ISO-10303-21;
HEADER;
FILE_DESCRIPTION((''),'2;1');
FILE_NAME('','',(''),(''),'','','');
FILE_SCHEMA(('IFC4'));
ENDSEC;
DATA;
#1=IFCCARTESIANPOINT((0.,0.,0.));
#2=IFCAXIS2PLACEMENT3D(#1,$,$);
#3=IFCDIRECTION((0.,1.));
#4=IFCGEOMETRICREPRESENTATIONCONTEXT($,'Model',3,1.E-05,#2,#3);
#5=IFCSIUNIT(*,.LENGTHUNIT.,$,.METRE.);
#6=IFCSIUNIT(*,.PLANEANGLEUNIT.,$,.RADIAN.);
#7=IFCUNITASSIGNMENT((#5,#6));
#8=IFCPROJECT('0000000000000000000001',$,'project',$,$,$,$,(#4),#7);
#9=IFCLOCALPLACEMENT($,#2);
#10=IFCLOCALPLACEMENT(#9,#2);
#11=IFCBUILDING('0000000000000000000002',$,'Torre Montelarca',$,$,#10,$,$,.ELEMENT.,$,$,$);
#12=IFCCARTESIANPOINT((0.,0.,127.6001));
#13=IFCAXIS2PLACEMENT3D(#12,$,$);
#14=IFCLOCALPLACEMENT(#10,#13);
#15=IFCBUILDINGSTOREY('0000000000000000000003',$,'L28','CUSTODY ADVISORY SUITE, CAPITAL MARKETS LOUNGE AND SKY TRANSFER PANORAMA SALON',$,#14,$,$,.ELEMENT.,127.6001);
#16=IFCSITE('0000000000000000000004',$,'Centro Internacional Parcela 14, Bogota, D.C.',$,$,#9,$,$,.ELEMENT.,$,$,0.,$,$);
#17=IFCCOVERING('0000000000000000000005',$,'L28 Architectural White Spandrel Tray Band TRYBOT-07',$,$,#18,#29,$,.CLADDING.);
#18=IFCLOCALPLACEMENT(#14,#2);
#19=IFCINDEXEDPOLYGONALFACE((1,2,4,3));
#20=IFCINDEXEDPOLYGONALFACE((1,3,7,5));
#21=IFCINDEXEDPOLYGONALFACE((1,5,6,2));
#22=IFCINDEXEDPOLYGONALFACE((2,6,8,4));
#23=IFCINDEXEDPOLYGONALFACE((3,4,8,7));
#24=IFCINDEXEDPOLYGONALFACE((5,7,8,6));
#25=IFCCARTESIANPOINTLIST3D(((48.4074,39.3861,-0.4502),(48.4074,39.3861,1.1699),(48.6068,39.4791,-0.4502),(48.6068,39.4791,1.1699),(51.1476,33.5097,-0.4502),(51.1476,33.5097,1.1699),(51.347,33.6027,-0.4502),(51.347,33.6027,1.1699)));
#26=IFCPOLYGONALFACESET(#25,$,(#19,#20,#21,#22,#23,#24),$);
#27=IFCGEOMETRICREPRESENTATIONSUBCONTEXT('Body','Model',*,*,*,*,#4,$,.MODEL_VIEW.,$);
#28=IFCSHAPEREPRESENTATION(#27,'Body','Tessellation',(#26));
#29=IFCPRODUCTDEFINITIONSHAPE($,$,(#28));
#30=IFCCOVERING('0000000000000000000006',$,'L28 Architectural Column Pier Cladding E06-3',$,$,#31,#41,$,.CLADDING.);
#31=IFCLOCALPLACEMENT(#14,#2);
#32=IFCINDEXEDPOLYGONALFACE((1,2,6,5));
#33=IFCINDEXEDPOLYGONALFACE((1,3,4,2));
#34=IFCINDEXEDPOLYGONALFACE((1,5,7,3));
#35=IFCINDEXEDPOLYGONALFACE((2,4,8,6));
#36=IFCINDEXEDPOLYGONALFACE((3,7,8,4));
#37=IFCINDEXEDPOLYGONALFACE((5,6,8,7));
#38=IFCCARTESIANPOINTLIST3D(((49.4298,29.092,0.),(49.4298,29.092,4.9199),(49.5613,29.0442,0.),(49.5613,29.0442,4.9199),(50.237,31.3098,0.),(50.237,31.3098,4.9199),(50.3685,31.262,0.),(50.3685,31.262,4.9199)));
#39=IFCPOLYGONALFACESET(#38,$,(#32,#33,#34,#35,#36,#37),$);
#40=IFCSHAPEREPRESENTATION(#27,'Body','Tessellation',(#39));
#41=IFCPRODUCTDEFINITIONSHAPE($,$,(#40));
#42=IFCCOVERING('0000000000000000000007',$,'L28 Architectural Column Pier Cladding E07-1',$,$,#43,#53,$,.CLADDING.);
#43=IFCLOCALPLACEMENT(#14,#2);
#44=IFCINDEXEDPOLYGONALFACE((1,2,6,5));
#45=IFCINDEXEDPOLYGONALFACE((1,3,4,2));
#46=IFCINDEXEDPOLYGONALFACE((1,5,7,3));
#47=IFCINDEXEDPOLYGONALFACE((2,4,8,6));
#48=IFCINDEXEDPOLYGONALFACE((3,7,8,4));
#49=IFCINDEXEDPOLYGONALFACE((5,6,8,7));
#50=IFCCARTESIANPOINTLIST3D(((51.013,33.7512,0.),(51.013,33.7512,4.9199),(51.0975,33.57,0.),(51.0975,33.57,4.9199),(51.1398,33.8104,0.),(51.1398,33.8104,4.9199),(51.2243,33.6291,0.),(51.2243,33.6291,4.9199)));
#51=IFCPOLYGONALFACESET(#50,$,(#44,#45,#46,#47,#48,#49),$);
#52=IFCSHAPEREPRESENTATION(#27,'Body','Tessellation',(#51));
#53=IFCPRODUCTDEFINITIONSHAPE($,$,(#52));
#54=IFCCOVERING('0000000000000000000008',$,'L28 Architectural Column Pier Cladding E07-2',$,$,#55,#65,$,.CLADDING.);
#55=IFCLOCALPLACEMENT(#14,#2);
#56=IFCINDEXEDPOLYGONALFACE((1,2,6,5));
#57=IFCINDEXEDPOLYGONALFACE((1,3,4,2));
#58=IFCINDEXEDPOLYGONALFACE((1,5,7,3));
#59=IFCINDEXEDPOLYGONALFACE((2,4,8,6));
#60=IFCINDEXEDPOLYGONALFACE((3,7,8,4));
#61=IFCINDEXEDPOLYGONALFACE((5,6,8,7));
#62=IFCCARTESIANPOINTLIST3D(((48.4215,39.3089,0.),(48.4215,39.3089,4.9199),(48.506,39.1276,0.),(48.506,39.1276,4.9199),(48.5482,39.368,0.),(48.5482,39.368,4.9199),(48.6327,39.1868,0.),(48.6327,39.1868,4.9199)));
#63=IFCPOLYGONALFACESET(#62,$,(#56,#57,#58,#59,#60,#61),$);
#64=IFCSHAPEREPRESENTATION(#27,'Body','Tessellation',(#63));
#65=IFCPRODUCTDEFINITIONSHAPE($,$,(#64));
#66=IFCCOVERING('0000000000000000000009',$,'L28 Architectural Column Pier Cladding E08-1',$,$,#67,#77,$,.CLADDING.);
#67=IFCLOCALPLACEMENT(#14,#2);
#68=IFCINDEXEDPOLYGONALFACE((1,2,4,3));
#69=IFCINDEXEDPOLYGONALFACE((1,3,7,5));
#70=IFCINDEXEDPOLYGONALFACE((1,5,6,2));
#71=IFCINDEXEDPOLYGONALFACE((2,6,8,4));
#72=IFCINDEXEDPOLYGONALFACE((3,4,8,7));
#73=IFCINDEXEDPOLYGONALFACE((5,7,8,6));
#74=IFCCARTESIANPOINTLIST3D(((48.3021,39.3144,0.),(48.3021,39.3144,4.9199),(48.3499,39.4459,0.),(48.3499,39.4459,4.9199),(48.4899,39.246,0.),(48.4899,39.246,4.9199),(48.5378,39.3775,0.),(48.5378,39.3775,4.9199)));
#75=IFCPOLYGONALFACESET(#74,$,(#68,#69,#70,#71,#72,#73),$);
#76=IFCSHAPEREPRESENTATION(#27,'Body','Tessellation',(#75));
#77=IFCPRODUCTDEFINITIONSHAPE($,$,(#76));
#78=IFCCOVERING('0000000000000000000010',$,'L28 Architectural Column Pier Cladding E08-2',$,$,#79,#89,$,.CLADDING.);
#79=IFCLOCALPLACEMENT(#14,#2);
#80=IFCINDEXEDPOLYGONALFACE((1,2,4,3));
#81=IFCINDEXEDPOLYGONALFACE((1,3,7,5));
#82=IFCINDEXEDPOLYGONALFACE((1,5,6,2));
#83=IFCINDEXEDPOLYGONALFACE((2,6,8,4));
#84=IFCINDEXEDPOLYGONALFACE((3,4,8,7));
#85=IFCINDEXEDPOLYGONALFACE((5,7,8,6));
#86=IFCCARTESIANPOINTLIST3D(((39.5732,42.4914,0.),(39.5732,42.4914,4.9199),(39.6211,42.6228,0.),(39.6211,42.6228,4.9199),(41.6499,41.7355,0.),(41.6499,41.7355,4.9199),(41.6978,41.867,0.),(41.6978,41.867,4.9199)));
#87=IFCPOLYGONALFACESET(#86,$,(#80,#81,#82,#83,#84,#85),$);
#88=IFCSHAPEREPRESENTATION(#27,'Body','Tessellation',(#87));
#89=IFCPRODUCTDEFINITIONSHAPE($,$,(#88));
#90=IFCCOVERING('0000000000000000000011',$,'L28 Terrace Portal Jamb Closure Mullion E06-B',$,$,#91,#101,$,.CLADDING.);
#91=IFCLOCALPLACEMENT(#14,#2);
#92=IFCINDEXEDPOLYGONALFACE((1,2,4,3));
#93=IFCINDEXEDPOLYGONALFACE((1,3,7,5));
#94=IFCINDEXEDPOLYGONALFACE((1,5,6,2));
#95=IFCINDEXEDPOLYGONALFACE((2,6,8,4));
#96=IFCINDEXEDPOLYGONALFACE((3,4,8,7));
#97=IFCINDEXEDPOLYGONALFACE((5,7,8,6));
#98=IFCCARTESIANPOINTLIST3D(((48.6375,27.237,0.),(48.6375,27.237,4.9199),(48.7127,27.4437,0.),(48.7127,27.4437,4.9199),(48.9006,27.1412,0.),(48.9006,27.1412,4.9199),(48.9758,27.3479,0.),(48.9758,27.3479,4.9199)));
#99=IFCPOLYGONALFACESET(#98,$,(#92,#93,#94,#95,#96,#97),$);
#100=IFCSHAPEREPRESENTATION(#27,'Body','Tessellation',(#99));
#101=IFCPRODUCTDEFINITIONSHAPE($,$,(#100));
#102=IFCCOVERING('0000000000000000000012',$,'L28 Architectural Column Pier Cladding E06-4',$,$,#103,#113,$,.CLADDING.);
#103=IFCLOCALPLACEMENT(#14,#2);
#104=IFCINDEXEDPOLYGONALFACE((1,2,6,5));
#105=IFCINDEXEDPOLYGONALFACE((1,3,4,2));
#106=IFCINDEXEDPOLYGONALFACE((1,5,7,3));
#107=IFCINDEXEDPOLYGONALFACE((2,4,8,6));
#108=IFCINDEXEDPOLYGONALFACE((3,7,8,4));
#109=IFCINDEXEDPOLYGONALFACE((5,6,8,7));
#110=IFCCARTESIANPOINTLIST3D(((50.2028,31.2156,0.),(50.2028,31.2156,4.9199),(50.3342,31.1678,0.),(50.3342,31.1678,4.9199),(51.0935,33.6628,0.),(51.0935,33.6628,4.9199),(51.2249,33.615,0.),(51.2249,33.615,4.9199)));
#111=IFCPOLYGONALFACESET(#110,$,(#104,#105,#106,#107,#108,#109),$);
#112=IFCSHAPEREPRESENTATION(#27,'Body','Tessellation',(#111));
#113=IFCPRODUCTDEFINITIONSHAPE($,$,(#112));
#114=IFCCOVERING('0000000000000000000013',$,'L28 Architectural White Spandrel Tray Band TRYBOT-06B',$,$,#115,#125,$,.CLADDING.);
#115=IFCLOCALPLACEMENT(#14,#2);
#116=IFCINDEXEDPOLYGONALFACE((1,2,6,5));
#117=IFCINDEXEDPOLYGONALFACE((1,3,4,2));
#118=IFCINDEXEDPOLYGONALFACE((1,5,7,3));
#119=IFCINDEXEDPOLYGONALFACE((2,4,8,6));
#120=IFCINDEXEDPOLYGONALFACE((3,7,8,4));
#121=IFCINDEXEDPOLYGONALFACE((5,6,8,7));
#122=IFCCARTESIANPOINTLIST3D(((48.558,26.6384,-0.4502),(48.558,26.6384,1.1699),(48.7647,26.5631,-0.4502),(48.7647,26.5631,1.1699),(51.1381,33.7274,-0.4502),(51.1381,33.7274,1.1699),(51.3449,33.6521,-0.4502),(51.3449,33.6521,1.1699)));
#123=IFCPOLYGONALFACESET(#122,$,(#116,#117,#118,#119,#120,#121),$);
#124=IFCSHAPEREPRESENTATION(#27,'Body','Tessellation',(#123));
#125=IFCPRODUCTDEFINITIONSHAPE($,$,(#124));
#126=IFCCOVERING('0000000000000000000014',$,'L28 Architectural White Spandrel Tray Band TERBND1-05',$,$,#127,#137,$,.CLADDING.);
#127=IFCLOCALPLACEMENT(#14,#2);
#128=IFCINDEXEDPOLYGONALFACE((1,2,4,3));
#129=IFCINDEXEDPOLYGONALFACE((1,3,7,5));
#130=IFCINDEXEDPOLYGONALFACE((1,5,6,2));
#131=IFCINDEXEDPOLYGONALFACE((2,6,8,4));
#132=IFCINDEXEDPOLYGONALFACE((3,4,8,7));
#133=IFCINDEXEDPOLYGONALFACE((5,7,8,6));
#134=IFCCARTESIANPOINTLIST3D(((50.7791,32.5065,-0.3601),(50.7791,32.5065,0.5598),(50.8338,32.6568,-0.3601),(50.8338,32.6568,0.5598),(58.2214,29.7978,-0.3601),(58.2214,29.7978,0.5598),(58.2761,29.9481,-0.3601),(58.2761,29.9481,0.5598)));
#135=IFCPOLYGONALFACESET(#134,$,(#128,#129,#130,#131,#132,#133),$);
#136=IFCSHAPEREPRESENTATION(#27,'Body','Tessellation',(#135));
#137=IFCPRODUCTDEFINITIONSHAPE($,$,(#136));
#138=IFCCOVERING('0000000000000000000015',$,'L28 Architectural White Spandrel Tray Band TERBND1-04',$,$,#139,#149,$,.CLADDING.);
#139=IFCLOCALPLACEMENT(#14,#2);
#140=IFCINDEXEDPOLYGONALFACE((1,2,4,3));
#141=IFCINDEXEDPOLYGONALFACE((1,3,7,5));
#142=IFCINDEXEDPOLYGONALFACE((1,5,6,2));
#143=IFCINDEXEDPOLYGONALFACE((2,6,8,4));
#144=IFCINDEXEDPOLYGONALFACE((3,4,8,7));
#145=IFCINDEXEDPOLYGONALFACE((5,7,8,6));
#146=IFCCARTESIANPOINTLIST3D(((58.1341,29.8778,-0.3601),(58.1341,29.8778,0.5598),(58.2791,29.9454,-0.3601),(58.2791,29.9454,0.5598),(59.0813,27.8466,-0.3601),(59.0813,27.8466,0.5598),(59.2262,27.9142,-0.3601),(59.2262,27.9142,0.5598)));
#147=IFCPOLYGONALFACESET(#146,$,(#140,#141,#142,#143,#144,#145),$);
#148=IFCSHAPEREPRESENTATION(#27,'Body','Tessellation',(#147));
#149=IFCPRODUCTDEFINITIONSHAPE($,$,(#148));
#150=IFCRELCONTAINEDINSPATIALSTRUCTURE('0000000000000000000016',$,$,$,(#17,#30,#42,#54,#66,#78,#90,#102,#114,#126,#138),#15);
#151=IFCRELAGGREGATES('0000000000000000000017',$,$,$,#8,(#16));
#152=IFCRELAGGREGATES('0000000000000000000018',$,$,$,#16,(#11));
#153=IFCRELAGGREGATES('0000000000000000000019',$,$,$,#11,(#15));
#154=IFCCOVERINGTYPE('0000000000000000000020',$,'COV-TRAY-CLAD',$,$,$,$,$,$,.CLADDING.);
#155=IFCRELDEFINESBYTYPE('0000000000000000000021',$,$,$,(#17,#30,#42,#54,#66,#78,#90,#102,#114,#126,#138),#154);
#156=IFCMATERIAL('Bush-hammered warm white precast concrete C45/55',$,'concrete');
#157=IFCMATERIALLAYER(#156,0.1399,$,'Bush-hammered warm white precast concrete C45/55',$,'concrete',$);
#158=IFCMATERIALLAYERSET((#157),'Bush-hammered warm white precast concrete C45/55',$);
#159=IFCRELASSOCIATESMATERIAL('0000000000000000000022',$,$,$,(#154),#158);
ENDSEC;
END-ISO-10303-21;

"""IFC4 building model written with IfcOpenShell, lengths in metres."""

from ifc_helpers import new_model, si_unit, direction, frame, origin, origin_2d, place, context, subcontext, project, spatial, rectangle, extrude, source, transform, mapped, material, layer, layer_set, type_object, element, save


model = new_model("IFC4")

# Units and contexts
model_context = context("Model", 3, precision=1e-05, world=origin(), true_north=direction((0.0, 1.0)))
body_context = subcontext(model_context, "Body", "Model", "MODEL_VIEW")
ifc_project = project(units=[si_unit("LENGTHUNIT", "METRE"), si_unit("PLANEANGLEUNIT", "RADIAN")], contexts=[model_context])

# Site, building, storey
site_placement = place(None, origin())
site = spatial("IfcSite", under=ifc_project, at=site_placement, Name="Centro Internacional Parcela 14, Bogota, D.C.", CompositionType="ELEMENT", RefElevation=0.0)
building_placement = place(site_placement, origin())
building = spatial("IfcBuilding", under=site, at=building_placement, Name="Torre Montelarca", CompositionType="ELEMENT")
storey_placement = place(building_placement, frame((0.0, 0.0, 127.6001)))
storey = spatial("IfcBuildingStorey", under=building, at=storey_placement, Name="L28", Description="CUSTODY ADVISORY SUITE, CAPITAL MARKETS LOUNGE AND SKY TRANSFER PANORAMA SALON", CompositionType="ELEMENT", Elevation=127.6001)

# Coverings
ifc_material_1 = material(Name="Bush-hammered warm white precast concrete C45/55", Category="concrete")
ifc_layer_1 = layer(ifc_material_1, 0.1399, Name="Bush-hammered warm white precast concrete C45/55", Category="concrete")
ifc_layer_set_1 = layer_set([ifc_layer_1], Name="Bush-hammered warm white precast concrete C45/55")
covering_type = type_object("IfcCoveringType", Name="COV-TRAY-CLAD", PredefinedType="CLADDING", material=ifc_layer_set_1)
shared_shape_1 = source(origin(), body_context, "Body", "SweptSolid", [
    extrude(rectangle(XDim=6.4839, YDim=0.22, at=origin_2d()), origin(), (0.0, 0.0, 1.0), 1.6201),
])
covering_1_placement = place(storey_placement, frame((49.8772, 36.4944, -0.4502), z_axis=(0.0, 0.0, 1.0), x_axis=(-0.422615, 0.906309, 0.0)))
element("IfcCovering", 1, at=covering_1_placement, inside=storey, type_object=covering_type, Name="L28 Architectural White Spandrel Tray Band TRYBOT-07", PredefinedType="CLADDING", context=body_context, shape_type="MappedRepresentation", body=[
    mapped(shared_shape_1, transform((0.0, 0.0, 0.0), scale=1.0)),
])
shared_shape_2 = source(origin(), body_context, "Body", "SweptSolid", [
    extrude(rectangle(XDim=2.3601, YDim=0.1399, at=origin_2d()), origin(), (0.0, 0.0, 1.0), 4.9199),
])
covering_2_placement = place(storey_placement, frame((49.8992, 30.177, 0.0), z_axis=(0.0, 0.0, 1.0), x_axis=(0.342017, 0.939694, 0.0)))
element("IfcCovering", 2, at=covering_2_placement, inside=storey, type_object=covering_type, Name="L28 Architectural Column Pier Cladding E06-3", PredefinedType="CLADDING", context=body_context, shape_type="MappedRepresentation", body=[
    mapped(shared_shape_2, transform((0.0, 0.0, 0.0), scale=1.0)),
])
shared_shape_3 = source(origin(), body_context, "Body", "SweptSolid", [
    extrude(rectangle(XDim=0.2, YDim=0.1399, at=origin_2d()), origin(), (0.0, 0.0, 1.0), 4.9199),
])
for number, where, z_axis, x_axis, name in (
    (3, (51.1187, 33.6902, 0.0), (0.0, 0.0, 1.0), (-0.422612, 0.906311, 0.0), "L28 Architectural Column Pier Cladding E07-1"),
    (4, (48.5271, 39.2478, 0.0), (0.0, 0.0, 1.0), (-0.422612, 0.906311, 0.0), "L28 Architectural Column Pier Cladding E07-2"),
    (5, (48.4199, 39.3459, 0.0), (0.0, 0.0, 1.0), (-0.939694, 0.342017, 0.0), "L28 Architectural Column Pier Cladding E08-1"),
):
    element("IfcCovering", number, at=place(storey_placement, frame(where, z_axis=z_axis, x_axis=x_axis)), inside=storey, type_object=covering_type, Name=name, PredefinedType="CLADDING", context=body_context, shape_type="MappedRepresentation", body=[
        mapped(shared_shape_3, transform((0.0, 0.0, 0.0), scale=1.0)),
    ])
shared_shape_4 = source(origin(), body_context, "Body", "SweptSolid", [
    extrude(rectangle(XDim=2.21, YDim=0.1399, at=origin_2d()), origin(), (0.0, 0.0, 1.0), 4.9199),
])
covering_3_placement = place(storey_placement, frame((40.6355, 42.1792, 0.0), z_axis=(0.0, 0.0, 1.0), x_axis=(-0.939694, 0.342017, 0.0)))
element("IfcCovering", 6, at=covering_3_placement, inside=storey, type_object=covering_type, Name="L28 Architectural Column Pier Cladding E08-2", PredefinedType="CLADDING", context=body_context, shape_type="MappedRepresentation", body=[
    mapped(shared_shape_4, transform((0.0, 0.0, 0.0), scale=1.0)),
])
shared_shape_5 = source(origin(), body_context, "Body", "SweptSolid", [
    extrude(rectangle(XDim=0.22, YDim=0.28, at=origin_2d()), origin(), (0.0, 0.0, 1.0), 4.9199),
])
covering_4_placement = place(storey_placement, frame((48.8066, 27.2925, 0.0), z_axis=(0.0, 0.0, 1.0), x_axis=(0.342017, 0.939694, 0.0)))
element("IfcCovering", 7, at=covering_4_placement, inside=storey, type_object=covering_type, Name="L28 Terrace Portal Jamb Closure Mullion E06-B", PredefinedType="CLADDING", context=body_context, shape_type="MappedRepresentation", body=[
    mapped(shared_shape_5, transform((0.0, 0.0, 0.0), scale=1.0)),
])
shared_shape_6 = source(origin(), body_context, "Body", "SweptSolid", [
    extrude(rectangle(XDim=2.6042, YDim=0.1399, at=origin_2d()), origin(), (0.0, 0.0, 1.0), 4.9199),
])
covering_5_placement = place(storey_placement, frame((50.7139, 32.4153, 0.0), z_axis=(0.0, 0.0, 1.0), x_axis=(0.342017, 0.939694, 0.0)))
element("IfcCovering", 8, at=covering_5_placement, inside=storey, type_object=covering_type, Name="L28 Architectural Column Pier Cladding E06-4", PredefinedType="CLADDING", context=body_context, shape_type="MappedRepresentation", body=[
    mapped(shared_shape_6, transform((0.0, 0.0, 0.0), scale=1.0)),
])
shared_shape_7 = source(origin(), body_context, "Body", "SweptSolid", [
    extrude(rectangle(XDim=7.5439, YDim=0.22, at=origin_2d()), origin(), (0.0, 0.0, 1.0), 1.6201),
])
covering_6_placement = place(storey_placement, frame((49.9514, 30.1453, -0.4502), z_axis=(0.0, 0.0, 1.0), x_axis=(0.342019, 0.939693, 0.0)))
element("IfcCovering", 9, at=covering_6_placement, inside=storey, type_object=covering_type, Name="L28 Architectural White Spandrel Tray Band TRYBOT-06B", PredefinedType="CLADDING", context=body_context, shape_type="MappedRepresentation", body=[
    mapped(shared_shape_7, transform((0.0, 0.0, 0.0), scale=1.0)),
])
shared_shape_8 = source(origin(), body_context, "Body", "SweptSolid", [
    extrude(rectangle(XDim=7.9199, YDim=0.1599, at=origin_2d()), origin(), (0.0, 0.0, 1.0), 0.9199),
])
covering_7_placement = place(storey_placement, frame((54.5276, 31.2273, -0.3601), z_axis=(0.0, 0.0, 1.0), x_axis=(-0.939695, 0.342014, 0.0)))
element("IfcCovering", 10, at=covering_7_placement, inside=storey, type_object=covering_type, Name="L28 Architectural White Spandrel Tray Band TERBND1-05", PredefinedType="CLADDING", context=body_context, shape_type="MappedRepresentation", body=[
    mapped(shared_shape_8, transform((0.0, 0.0, 0.0), scale=1.0)),
])
shared_shape_9 = source(origin(), body_context, "Body", "SweptSolid", [
    extrude(rectangle(XDim=2.2412, YDim=0.1599, at=origin_2d()), origin(), (0.0, 0.0, 1.0), 0.9199),
])
covering_8_placement = place(storey_placement, frame((58.6802, 28.896, -0.3601), z_axis=(0.0, 0.0, 1.0), x_axis=(-0.422609, 0.906312, 0.0)))
element("IfcCovering", 11, at=covering_8_placement, inside=storey, type_object=covering_type, Name="L28 Architectural White Spandrel Tray Band TERBND1-04", PredefinedType="CLADDING", context=body_context, shape_type="MappedRepresentation", body=[
    mapped(shared_shape_9, transform((0.0, 0.0, 0.0), scale=1.0)),
])

save(model, "model.ifc")
